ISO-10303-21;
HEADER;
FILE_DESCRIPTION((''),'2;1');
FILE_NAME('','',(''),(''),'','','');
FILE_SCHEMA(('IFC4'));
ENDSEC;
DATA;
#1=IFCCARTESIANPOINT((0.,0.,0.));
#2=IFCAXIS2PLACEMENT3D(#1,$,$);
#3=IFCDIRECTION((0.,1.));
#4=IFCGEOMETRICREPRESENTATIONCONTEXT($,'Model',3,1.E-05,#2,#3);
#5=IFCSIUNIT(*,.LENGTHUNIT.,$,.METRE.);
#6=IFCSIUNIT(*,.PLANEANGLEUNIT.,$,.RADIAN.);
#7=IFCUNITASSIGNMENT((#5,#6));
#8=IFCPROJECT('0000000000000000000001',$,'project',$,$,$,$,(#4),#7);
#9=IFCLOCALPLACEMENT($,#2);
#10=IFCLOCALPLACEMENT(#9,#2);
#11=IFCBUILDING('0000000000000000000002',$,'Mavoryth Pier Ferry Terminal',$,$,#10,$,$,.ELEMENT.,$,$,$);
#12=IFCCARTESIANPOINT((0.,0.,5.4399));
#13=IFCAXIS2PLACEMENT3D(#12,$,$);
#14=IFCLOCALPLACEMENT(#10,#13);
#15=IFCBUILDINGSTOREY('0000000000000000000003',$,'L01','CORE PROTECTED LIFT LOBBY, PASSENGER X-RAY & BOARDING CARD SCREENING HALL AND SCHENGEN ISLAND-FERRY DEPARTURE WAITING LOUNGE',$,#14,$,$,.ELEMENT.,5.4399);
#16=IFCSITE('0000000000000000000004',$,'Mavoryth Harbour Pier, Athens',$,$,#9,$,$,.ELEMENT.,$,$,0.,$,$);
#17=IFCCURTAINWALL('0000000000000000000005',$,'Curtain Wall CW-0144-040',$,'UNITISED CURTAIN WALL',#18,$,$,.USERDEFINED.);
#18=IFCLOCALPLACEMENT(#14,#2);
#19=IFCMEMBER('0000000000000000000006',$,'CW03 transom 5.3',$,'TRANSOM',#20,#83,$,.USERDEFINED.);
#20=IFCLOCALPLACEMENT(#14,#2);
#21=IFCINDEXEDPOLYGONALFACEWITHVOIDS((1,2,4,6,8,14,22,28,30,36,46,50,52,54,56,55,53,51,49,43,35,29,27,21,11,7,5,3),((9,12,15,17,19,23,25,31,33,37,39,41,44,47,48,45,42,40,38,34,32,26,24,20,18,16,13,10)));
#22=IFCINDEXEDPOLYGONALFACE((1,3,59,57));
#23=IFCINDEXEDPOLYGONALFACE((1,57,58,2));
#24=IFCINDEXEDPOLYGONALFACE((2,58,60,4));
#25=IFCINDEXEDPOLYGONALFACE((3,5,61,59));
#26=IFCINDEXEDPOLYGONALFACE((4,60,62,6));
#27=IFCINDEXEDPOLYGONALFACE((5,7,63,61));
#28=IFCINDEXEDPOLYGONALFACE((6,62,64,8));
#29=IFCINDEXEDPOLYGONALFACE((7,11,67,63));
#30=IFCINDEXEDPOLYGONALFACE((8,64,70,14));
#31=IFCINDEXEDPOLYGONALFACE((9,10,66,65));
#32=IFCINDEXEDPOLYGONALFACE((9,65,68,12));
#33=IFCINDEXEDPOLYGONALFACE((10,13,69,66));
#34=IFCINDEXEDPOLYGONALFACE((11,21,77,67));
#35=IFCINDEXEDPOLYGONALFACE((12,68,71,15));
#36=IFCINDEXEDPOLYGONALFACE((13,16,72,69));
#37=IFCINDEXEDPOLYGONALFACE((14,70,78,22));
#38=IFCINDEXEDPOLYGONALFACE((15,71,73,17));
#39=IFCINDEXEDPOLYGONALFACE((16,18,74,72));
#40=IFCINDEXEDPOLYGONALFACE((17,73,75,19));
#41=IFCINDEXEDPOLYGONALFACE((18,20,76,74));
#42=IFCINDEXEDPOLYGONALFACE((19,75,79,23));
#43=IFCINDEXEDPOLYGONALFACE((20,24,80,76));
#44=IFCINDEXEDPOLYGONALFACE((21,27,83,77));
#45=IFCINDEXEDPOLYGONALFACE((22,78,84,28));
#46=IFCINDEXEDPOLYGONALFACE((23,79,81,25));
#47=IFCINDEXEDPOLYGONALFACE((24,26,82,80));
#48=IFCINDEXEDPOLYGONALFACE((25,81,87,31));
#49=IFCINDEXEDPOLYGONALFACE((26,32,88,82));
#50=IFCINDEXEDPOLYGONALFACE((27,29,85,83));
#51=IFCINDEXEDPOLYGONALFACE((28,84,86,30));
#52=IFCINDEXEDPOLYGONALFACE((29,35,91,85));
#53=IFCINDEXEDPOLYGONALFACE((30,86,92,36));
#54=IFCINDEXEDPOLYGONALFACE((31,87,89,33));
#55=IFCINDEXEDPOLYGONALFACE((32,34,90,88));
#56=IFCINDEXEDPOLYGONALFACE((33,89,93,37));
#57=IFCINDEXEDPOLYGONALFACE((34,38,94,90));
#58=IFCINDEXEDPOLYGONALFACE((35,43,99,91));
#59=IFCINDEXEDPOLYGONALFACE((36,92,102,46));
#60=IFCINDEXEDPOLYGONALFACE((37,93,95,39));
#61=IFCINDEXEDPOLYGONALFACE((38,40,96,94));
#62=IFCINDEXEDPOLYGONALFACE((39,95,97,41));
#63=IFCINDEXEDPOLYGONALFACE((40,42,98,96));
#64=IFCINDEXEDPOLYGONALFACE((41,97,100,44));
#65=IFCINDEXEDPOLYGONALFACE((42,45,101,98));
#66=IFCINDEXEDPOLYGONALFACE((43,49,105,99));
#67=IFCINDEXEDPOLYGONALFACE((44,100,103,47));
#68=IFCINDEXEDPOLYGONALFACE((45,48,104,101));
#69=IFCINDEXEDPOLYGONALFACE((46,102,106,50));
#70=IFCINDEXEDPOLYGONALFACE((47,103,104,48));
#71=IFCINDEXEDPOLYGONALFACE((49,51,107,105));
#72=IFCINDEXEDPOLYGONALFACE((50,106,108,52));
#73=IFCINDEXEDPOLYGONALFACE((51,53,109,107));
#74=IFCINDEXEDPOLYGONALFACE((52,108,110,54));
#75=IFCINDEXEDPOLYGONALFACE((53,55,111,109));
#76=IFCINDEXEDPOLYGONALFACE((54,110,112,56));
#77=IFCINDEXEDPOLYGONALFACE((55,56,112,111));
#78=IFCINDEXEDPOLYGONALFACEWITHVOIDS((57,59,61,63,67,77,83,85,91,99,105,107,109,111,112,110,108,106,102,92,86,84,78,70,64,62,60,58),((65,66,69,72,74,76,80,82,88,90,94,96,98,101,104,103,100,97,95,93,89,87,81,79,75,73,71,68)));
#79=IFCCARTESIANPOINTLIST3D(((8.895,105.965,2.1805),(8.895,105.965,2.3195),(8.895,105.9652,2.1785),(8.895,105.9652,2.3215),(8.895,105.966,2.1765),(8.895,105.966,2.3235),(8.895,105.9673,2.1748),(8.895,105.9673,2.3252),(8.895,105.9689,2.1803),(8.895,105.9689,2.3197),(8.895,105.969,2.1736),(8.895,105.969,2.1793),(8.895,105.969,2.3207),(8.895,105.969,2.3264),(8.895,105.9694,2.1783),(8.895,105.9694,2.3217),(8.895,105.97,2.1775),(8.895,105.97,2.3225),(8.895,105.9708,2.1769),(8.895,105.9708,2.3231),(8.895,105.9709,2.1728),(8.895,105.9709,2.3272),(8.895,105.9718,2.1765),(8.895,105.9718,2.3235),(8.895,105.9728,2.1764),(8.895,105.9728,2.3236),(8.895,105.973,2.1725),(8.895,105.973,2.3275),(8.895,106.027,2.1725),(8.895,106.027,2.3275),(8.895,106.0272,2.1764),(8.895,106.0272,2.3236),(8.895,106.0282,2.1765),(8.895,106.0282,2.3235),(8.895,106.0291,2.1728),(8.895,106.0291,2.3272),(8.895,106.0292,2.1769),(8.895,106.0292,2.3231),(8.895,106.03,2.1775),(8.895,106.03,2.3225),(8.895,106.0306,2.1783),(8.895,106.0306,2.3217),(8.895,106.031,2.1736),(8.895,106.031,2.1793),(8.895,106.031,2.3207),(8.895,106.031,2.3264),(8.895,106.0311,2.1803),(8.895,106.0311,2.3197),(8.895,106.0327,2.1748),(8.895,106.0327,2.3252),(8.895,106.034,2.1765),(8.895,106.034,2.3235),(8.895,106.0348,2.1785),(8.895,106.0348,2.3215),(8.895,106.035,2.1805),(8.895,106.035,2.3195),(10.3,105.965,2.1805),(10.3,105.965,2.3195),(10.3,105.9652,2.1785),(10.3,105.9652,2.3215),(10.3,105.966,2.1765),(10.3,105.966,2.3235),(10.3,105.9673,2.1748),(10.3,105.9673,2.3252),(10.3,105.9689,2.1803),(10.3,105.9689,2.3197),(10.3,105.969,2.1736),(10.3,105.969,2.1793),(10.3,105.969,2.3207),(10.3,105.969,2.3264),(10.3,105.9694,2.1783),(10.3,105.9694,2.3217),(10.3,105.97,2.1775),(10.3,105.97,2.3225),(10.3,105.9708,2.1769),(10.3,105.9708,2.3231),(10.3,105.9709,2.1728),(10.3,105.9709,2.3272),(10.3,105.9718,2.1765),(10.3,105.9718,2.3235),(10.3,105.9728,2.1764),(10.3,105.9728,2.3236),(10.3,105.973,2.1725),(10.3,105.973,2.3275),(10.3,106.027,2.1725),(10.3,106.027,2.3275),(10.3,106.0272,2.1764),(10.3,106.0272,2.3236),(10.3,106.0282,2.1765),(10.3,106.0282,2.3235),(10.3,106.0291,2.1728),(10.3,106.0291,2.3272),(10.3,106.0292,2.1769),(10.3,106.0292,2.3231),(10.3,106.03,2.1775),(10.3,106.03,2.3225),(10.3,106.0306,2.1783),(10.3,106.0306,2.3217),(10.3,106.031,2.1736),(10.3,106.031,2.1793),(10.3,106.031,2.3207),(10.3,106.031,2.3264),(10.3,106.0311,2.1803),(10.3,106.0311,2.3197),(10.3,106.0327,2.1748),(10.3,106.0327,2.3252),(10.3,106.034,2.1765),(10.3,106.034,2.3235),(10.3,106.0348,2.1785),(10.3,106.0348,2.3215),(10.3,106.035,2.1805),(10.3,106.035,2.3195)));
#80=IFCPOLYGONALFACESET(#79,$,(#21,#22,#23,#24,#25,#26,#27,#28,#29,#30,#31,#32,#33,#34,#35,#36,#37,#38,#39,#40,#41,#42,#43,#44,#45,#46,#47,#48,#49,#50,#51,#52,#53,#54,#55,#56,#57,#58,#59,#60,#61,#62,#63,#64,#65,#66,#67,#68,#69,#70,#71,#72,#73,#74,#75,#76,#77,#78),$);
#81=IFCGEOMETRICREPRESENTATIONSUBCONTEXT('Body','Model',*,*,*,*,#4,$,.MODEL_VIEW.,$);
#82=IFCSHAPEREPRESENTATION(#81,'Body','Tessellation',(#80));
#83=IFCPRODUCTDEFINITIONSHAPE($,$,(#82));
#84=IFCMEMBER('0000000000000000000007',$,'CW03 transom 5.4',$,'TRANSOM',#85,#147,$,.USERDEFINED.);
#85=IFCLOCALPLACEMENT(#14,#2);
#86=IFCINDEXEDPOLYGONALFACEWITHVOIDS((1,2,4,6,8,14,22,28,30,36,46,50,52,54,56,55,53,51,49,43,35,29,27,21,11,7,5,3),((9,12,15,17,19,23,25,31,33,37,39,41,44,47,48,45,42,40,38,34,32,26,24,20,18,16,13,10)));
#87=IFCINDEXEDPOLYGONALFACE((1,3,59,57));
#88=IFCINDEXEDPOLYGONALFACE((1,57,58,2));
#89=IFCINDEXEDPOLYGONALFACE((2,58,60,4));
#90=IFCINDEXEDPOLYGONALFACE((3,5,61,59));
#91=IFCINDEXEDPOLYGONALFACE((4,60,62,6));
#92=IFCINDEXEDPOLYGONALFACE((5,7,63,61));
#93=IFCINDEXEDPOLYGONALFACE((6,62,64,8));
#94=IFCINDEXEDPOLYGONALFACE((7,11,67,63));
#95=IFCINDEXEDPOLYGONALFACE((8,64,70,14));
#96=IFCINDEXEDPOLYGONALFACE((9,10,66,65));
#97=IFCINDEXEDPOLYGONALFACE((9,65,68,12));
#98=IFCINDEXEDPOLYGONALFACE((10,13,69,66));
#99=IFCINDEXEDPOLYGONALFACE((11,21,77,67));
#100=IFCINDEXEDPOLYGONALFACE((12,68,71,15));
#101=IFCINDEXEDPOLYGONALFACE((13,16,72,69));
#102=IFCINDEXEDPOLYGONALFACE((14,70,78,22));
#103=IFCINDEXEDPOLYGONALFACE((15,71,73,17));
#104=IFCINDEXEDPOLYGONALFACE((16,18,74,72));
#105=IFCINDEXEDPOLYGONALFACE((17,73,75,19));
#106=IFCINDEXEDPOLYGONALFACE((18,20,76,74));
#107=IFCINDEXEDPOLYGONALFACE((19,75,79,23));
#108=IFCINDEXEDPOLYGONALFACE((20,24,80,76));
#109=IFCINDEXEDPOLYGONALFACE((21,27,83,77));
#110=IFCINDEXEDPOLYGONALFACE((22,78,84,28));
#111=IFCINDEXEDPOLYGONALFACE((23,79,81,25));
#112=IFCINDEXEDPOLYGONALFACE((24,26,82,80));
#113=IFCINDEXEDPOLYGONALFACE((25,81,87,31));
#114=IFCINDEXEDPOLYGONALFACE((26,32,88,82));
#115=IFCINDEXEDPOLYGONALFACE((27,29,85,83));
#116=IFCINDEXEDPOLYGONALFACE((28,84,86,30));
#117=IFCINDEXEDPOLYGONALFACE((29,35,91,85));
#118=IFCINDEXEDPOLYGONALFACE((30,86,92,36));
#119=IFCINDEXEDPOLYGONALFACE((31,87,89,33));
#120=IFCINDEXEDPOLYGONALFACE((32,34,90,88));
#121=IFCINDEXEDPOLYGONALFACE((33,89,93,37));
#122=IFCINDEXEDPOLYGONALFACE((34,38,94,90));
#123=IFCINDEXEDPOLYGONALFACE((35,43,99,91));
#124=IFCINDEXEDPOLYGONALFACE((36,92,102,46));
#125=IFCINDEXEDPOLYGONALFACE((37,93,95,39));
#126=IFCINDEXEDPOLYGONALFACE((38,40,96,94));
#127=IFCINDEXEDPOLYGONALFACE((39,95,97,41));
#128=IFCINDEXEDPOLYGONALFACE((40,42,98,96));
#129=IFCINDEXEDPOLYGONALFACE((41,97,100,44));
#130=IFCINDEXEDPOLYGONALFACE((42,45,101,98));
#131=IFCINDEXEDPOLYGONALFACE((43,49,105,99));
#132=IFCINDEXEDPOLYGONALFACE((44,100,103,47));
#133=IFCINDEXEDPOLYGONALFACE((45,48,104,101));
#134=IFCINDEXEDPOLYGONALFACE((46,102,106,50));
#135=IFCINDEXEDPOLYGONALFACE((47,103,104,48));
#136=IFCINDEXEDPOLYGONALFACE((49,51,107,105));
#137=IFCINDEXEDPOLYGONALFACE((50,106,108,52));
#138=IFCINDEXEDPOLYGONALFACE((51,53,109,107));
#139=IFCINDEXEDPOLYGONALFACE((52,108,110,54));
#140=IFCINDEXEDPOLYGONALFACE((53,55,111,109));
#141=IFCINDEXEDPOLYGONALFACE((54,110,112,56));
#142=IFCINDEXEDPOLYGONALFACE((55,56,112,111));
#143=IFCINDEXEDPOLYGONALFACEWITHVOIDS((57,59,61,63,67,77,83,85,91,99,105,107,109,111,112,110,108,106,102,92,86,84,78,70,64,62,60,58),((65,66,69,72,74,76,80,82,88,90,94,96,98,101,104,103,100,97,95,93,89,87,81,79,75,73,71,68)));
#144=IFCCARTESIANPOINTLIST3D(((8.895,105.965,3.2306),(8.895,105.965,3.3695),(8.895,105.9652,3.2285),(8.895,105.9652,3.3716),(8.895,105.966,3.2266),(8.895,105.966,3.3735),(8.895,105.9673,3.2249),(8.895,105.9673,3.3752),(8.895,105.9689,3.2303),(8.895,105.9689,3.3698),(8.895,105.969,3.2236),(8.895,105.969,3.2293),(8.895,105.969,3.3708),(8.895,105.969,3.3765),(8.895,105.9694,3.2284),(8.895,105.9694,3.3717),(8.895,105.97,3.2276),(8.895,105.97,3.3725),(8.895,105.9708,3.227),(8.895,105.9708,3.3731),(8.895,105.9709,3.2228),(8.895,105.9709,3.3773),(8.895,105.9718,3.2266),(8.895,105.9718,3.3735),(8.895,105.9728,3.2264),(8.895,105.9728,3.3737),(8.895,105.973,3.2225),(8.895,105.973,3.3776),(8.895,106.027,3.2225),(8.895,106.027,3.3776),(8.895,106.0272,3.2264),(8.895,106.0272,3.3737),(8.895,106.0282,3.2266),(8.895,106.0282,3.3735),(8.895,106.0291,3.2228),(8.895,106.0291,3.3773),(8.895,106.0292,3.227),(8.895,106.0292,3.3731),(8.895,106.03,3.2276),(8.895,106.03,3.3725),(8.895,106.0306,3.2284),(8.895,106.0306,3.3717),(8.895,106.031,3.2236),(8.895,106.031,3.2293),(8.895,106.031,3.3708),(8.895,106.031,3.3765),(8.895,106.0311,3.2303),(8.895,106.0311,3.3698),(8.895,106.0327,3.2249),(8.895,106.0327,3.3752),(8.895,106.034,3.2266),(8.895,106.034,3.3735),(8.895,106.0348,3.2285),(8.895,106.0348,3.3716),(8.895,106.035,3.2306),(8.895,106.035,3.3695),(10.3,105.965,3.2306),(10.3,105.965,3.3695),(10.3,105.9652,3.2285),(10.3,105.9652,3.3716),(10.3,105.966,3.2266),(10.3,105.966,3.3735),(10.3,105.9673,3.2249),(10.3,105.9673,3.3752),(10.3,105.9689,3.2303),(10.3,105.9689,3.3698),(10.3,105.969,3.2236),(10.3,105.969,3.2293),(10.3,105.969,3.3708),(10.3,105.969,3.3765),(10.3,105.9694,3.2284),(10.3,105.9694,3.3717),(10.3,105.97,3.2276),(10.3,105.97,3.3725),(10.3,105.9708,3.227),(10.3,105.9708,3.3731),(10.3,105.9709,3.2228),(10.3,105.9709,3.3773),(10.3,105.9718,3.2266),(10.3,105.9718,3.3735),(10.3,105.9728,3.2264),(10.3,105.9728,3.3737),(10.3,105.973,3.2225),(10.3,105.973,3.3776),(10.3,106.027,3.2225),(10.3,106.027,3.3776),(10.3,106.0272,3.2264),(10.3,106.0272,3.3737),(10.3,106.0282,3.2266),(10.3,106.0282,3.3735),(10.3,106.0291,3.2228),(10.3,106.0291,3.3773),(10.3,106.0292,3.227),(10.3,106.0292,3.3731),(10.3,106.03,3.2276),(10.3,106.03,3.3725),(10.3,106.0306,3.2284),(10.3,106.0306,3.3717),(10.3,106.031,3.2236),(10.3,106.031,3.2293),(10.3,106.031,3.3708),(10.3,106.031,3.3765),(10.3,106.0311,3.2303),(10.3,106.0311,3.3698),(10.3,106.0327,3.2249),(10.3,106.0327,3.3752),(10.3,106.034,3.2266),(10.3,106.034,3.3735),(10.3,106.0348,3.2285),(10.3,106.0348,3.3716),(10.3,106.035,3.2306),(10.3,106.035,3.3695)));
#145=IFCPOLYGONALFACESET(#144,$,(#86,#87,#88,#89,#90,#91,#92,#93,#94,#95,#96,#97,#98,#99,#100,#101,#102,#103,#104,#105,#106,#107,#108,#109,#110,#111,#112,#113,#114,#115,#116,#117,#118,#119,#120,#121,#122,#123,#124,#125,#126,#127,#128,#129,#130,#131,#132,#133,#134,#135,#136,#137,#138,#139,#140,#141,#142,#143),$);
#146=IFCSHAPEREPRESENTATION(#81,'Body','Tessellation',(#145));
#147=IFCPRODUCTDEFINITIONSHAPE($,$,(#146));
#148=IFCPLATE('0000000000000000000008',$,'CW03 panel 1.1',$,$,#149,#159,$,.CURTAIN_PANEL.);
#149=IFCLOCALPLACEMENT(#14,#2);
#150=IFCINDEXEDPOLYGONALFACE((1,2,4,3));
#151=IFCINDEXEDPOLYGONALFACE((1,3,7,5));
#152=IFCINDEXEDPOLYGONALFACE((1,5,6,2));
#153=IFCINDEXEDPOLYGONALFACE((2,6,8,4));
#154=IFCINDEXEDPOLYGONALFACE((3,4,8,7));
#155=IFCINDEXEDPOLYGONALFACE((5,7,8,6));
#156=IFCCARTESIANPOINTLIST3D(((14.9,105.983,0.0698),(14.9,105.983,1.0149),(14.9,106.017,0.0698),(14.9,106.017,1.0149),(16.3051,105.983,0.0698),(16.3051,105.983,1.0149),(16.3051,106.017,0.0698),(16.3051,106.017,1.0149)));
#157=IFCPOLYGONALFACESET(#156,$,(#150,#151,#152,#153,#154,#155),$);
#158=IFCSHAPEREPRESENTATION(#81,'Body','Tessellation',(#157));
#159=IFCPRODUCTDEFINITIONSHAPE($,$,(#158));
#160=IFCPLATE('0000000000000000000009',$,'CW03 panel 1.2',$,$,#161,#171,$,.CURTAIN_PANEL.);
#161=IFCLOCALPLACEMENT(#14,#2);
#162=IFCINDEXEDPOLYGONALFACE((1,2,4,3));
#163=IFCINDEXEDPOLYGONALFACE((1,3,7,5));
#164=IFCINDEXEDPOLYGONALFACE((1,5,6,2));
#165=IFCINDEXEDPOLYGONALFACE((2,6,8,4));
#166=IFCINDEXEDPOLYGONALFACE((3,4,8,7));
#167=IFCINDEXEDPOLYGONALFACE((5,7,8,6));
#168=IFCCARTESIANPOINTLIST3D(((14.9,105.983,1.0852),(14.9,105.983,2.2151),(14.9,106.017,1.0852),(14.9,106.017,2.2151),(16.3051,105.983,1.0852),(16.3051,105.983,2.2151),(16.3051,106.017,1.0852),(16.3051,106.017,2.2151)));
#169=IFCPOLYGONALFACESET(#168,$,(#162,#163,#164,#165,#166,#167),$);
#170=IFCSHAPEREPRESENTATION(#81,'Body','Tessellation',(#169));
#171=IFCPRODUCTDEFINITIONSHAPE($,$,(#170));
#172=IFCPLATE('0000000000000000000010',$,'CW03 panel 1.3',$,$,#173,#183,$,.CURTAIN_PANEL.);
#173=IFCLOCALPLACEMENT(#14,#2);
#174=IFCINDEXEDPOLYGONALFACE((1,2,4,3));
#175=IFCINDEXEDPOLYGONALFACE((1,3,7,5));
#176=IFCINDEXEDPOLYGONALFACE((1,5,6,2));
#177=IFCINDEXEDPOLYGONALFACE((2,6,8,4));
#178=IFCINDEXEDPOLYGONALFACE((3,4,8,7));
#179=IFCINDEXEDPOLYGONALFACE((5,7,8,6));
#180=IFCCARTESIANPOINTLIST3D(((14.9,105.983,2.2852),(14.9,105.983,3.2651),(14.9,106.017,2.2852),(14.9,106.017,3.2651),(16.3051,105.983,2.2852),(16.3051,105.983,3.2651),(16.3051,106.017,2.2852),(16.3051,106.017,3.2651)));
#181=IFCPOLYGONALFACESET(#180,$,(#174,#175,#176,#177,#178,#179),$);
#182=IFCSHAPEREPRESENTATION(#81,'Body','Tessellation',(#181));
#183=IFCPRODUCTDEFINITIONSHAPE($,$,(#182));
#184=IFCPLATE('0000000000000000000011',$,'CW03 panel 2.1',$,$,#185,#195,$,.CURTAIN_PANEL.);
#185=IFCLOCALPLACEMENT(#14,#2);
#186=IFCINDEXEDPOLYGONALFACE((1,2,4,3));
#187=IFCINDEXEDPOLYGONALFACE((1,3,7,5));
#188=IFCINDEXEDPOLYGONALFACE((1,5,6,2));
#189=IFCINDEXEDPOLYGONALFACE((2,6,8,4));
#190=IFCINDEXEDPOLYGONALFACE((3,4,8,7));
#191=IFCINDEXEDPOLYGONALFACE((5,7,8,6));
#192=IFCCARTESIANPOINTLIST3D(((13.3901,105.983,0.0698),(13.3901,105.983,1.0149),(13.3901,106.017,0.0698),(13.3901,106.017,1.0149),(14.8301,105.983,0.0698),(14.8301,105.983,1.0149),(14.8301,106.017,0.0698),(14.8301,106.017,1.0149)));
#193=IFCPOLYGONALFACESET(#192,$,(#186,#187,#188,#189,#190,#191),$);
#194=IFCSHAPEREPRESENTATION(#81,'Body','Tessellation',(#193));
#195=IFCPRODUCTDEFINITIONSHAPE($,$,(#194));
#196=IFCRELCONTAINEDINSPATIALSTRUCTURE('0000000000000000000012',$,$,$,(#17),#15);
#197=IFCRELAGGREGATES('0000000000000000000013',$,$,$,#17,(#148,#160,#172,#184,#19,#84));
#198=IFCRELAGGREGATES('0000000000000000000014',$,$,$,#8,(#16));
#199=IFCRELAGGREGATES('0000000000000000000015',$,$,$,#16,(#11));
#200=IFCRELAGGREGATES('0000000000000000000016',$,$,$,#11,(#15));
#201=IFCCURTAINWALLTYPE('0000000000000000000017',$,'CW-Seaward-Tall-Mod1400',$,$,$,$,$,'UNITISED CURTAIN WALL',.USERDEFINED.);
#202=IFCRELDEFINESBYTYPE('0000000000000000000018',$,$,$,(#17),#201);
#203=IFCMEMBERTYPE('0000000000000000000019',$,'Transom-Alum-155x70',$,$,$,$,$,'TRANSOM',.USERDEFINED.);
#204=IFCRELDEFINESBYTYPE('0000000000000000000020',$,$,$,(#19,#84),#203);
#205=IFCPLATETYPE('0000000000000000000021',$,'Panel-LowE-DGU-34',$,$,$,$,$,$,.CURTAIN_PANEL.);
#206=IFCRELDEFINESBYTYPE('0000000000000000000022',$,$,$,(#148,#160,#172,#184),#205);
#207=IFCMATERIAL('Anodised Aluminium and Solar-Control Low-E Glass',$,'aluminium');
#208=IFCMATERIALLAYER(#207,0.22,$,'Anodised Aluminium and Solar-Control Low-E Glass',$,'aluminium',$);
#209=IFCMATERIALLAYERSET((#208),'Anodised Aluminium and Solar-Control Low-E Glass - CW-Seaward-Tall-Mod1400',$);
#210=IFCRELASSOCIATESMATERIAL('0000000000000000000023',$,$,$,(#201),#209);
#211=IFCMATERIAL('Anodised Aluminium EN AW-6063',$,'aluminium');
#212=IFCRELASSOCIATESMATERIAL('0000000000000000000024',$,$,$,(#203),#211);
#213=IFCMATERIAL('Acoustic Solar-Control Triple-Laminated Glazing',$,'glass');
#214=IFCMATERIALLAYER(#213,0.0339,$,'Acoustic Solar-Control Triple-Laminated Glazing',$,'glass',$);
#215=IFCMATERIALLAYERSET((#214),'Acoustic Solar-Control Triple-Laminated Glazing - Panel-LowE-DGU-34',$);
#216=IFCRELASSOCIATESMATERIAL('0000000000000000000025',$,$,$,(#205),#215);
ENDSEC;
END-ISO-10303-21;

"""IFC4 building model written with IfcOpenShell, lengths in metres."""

from ifc_helpers import new_model, si_unit, direction, frame, origin, origin_2d, place, context, subcontext, project, spatial, rectangle, hollow_rectangle, extrude, material, layer, layer_set, material_profile, profile_set, type_object, element, aggregate, save


model = new_model("IFC4")

# Units and contexts
model_context = context("Model", 3, precision=1e-05, world=origin(), true_north=direction((0.0, 1.0)))
body_context = subcontext(model_context, "Body", "Model", "MODEL_VIEW")
ifc_project = project(units=[si_unit("LENGTHUNIT", "METRE"), si_unit("PLANEANGLEUNIT", "RADIAN")], contexts=[model_context])

# Site, building, storey
site_placement = place(None, origin())
site = spatial("IfcSite", under=ifc_project, at=site_placement, Name="Mavoryth Harbour Pier, Athens", CompositionType="ELEMENT", RefElevation=0.0)
building_placement = place(site_placement, origin())
building = spatial("IfcBuilding", under=site, at=building_placement, Name="Mavoryth Pier Ferry Terminal", CompositionType="ELEMENT")
storey_placement = place(building_placement, frame((0.0, 0.0, 5.4399)))
storey = spatial("IfcBuildingStorey", under=building, at=storey_placement, Name="L01", Description="CORE PROTECTED LIFT LOBBY, PASSENGER X-RAY & BOARDING CARD SCREENING HALL AND SCHENGEN ISLAND-FERRY DEPARTURE WAITING LOUNGE", CompositionType="ELEMENT", Elevation=5.4399)

# Curtain wall, members, plates
ifc_material_1 = material(Name="Anodised Aluminium and Solar-Control Low-E Glass", Category="aluminium")
ifc_layer_1 = layer(ifc_material_1, 0.22, Name="Anodised Aluminium and Solar-Control Low-E Glass", Category="aluminium")
ifc_layer_set_1 = layer_set([ifc_layer_1], Name="Anodised Aluminium and Solar-Control Low-E Glass - CW-Seaward-Tall-Mod1400")
curtain_wall_type = type_object("IfcCurtainWallType", Name="CW-Seaward-Tall-Mod1400", ElementType="UNITISED CURTAIN WALL", PredefinedType="USERDEFINED", material=ifc_layer_set_1)
curtain_wall_placement = place(storey_placement, origin())
curtain_wall = element("IfcCurtainWall", 1, at=curtain_wall_placement, inside=storey, type_object=curtain_wall_type, Name="Curtain Wall CW-0144-040", ObjectType="UNITISED CURTAIN WALL", PredefinedType="USERDEFINED")
ifc_material_2 = material(Name="Anodised Aluminium EN AW-6063", Category="aluminium")
ifc_material_profile_1 = material_profile(ifc_material_2, hollow_rectangle(XDim=0.0701, YDim=0.155, WallThickness=0.0039, InnerFilletRadius=0.0039, OuterFilletRadius=0.0081, at=origin_2d()), Name="AL-TRAN 155x70x4", Category="aluminium")
ifc_profile_set_1 = profile_set([ifc_material_profile_1], Name="Anodised Aluminium EN AW-6063 - AL-TRAN 155x70x4")
member_type_1 = type_object("IfcMemberType", Name="Transom-Alum-155x70", ElementType="TRANSOM", PredefinedType="USERDEFINED", material=ifc_profile_set_1)
member_1_placement = place(storey_placement, frame((10.3, 106.0, 2.25), z_axis=(-1.0, 0.0, 0.0), x_axis=(0.0, -1.0, 0.0)))
member_1 = element("IfcMember", 2, at=member_1_placement, type_object=member_type_1, Name="CW03 transom 5.3", ObjectType="TRANSOM", PredefinedType="USERDEFINED", context=body_context, shape_type="SweptSolid", body=[
    extrude(hollow_rectangle(XDim=0.0701, YDim=0.155, WallThickness=0.0039, InnerFilletRadius=0.0039, OuterFilletRadius=0.0081, at=origin_2d()), origin(), (0.0, 0.0, 1.0), 1.405),
])
member_2_placement = place(storey_placement, frame((10.3, 106.0, 3.3), z_axis=(-1.0, 0.0, 0.0), x_axis=(0.0, -1.0, 0.0)))
member_2 = element("IfcMember", 3, at=member_2_placement, type_object=member_type_1, Name="CW03 transom 5.4", ObjectType="TRANSOM", PredefinedType="USERDEFINED", context=body_context, shape_type="SweptSolid", body=[
    extrude(hollow_rectangle(XDim=0.0701, YDim=0.155, WallThickness=0.0039, InnerFilletRadius=0.0039, OuterFilletRadius=0.0081, at=origin_2d()), origin(), (0.0, 0.0, 1.0), 1.405),
])
ifc_material_3 = material(Name="Acoustic Solar-Control Triple-Laminated Glazing", Category="glass")
ifc_layer_2 = layer(ifc_material_3, 0.0339, Name="Acoustic Solar-Control Triple-Laminated Glazing", Category="glass")
ifc_layer_set_2 = layer_set([ifc_layer_2], Name="Acoustic Solar-Control Triple-Laminated Glazing - Panel-LowE-DGU-34")
plate_type = type_object("IfcPlateType", Name="Panel-LowE-DGU-34", PredefinedType="CURTAIN_PANEL", material=ifc_layer_set_2)
plate_1_placement = place(storey_placement, frame((15.6025, 106.0, 0.0698), z_axis=(0.0, 0.0, 1.0), x_axis=(-1.0, 0.0, 0.0)))
plate_1 = element("IfcPlate", 4, at=plate_1_placement, type_object=plate_type, Name="CW03 panel 1.1", PredefinedType="CURTAIN_PANEL", context=body_context, shape_type="SweptSolid", body=[
    extrude(rectangle(XDim=1.405, YDim=0.0339, at=origin_2d()), origin(), (0.0, 0.0, 1.0), 0.9451),
])
plate_2_placement = place(storey_placement, frame((15.6025, 106.0, 1.0852), z_axis=(0.0, 0.0, 1.0), x_axis=(-1.0, 0.0, 0.0)))
plate_2 = element("IfcPlate", 5, at=plate_2_placement, type_object=plate_type, Name="CW03 panel 1.2", PredefinedType="CURTAIN_PANEL", context=body_context, shape_type="SweptSolid", body=[
    extrude(rectangle(XDim=1.405, YDim=0.0339, at=origin_2d()), origin(), (0.0, 0.0, 1.0), 1.1299),
])
plate_3_placement = place(storey_placement, frame((15.6025, 106.0, 2.2852), z_axis=(0.0, 0.0, 1.0), x_axis=(-1.0, 0.0, 0.0)))
plate_3 = element("IfcPlate", 6, at=plate_3_placement, type_object=plate_type, Name="CW03 panel 1.3", PredefinedType="CURTAIN_PANEL", context=body_context, shape_type="SweptSolid", body=[
    extrude(rectangle(XDim=1.405, YDim=0.0339, at=origin_2d()), origin(), (0.0, 0.0, 1.0), 0.98),
])
plate_4_placement = place(storey_placement, frame((14.1101, 106.0, 0.0698), z_axis=(0.0, 0.0, 1.0), x_axis=(-1.0, 0.0, 0.0)))
plate_4 = element("IfcPlate", 7, at=plate_4_placement, type_object=plate_type, Name="CW03 panel 2.1", PredefinedType="CURTAIN_PANEL", context=body_context, shape_type="SweptSolid", body=[
    extrude(rectangle(XDim=1.4399, YDim=0.0339, at=origin_2d()), origin(), (0.0, 0.0, 1.0), 0.9451),
])
aggregate(curtain_wall, [plate_1, plate_2, plate_3, plate_4, member_1, member_2])

save(model, "model.ifc")
